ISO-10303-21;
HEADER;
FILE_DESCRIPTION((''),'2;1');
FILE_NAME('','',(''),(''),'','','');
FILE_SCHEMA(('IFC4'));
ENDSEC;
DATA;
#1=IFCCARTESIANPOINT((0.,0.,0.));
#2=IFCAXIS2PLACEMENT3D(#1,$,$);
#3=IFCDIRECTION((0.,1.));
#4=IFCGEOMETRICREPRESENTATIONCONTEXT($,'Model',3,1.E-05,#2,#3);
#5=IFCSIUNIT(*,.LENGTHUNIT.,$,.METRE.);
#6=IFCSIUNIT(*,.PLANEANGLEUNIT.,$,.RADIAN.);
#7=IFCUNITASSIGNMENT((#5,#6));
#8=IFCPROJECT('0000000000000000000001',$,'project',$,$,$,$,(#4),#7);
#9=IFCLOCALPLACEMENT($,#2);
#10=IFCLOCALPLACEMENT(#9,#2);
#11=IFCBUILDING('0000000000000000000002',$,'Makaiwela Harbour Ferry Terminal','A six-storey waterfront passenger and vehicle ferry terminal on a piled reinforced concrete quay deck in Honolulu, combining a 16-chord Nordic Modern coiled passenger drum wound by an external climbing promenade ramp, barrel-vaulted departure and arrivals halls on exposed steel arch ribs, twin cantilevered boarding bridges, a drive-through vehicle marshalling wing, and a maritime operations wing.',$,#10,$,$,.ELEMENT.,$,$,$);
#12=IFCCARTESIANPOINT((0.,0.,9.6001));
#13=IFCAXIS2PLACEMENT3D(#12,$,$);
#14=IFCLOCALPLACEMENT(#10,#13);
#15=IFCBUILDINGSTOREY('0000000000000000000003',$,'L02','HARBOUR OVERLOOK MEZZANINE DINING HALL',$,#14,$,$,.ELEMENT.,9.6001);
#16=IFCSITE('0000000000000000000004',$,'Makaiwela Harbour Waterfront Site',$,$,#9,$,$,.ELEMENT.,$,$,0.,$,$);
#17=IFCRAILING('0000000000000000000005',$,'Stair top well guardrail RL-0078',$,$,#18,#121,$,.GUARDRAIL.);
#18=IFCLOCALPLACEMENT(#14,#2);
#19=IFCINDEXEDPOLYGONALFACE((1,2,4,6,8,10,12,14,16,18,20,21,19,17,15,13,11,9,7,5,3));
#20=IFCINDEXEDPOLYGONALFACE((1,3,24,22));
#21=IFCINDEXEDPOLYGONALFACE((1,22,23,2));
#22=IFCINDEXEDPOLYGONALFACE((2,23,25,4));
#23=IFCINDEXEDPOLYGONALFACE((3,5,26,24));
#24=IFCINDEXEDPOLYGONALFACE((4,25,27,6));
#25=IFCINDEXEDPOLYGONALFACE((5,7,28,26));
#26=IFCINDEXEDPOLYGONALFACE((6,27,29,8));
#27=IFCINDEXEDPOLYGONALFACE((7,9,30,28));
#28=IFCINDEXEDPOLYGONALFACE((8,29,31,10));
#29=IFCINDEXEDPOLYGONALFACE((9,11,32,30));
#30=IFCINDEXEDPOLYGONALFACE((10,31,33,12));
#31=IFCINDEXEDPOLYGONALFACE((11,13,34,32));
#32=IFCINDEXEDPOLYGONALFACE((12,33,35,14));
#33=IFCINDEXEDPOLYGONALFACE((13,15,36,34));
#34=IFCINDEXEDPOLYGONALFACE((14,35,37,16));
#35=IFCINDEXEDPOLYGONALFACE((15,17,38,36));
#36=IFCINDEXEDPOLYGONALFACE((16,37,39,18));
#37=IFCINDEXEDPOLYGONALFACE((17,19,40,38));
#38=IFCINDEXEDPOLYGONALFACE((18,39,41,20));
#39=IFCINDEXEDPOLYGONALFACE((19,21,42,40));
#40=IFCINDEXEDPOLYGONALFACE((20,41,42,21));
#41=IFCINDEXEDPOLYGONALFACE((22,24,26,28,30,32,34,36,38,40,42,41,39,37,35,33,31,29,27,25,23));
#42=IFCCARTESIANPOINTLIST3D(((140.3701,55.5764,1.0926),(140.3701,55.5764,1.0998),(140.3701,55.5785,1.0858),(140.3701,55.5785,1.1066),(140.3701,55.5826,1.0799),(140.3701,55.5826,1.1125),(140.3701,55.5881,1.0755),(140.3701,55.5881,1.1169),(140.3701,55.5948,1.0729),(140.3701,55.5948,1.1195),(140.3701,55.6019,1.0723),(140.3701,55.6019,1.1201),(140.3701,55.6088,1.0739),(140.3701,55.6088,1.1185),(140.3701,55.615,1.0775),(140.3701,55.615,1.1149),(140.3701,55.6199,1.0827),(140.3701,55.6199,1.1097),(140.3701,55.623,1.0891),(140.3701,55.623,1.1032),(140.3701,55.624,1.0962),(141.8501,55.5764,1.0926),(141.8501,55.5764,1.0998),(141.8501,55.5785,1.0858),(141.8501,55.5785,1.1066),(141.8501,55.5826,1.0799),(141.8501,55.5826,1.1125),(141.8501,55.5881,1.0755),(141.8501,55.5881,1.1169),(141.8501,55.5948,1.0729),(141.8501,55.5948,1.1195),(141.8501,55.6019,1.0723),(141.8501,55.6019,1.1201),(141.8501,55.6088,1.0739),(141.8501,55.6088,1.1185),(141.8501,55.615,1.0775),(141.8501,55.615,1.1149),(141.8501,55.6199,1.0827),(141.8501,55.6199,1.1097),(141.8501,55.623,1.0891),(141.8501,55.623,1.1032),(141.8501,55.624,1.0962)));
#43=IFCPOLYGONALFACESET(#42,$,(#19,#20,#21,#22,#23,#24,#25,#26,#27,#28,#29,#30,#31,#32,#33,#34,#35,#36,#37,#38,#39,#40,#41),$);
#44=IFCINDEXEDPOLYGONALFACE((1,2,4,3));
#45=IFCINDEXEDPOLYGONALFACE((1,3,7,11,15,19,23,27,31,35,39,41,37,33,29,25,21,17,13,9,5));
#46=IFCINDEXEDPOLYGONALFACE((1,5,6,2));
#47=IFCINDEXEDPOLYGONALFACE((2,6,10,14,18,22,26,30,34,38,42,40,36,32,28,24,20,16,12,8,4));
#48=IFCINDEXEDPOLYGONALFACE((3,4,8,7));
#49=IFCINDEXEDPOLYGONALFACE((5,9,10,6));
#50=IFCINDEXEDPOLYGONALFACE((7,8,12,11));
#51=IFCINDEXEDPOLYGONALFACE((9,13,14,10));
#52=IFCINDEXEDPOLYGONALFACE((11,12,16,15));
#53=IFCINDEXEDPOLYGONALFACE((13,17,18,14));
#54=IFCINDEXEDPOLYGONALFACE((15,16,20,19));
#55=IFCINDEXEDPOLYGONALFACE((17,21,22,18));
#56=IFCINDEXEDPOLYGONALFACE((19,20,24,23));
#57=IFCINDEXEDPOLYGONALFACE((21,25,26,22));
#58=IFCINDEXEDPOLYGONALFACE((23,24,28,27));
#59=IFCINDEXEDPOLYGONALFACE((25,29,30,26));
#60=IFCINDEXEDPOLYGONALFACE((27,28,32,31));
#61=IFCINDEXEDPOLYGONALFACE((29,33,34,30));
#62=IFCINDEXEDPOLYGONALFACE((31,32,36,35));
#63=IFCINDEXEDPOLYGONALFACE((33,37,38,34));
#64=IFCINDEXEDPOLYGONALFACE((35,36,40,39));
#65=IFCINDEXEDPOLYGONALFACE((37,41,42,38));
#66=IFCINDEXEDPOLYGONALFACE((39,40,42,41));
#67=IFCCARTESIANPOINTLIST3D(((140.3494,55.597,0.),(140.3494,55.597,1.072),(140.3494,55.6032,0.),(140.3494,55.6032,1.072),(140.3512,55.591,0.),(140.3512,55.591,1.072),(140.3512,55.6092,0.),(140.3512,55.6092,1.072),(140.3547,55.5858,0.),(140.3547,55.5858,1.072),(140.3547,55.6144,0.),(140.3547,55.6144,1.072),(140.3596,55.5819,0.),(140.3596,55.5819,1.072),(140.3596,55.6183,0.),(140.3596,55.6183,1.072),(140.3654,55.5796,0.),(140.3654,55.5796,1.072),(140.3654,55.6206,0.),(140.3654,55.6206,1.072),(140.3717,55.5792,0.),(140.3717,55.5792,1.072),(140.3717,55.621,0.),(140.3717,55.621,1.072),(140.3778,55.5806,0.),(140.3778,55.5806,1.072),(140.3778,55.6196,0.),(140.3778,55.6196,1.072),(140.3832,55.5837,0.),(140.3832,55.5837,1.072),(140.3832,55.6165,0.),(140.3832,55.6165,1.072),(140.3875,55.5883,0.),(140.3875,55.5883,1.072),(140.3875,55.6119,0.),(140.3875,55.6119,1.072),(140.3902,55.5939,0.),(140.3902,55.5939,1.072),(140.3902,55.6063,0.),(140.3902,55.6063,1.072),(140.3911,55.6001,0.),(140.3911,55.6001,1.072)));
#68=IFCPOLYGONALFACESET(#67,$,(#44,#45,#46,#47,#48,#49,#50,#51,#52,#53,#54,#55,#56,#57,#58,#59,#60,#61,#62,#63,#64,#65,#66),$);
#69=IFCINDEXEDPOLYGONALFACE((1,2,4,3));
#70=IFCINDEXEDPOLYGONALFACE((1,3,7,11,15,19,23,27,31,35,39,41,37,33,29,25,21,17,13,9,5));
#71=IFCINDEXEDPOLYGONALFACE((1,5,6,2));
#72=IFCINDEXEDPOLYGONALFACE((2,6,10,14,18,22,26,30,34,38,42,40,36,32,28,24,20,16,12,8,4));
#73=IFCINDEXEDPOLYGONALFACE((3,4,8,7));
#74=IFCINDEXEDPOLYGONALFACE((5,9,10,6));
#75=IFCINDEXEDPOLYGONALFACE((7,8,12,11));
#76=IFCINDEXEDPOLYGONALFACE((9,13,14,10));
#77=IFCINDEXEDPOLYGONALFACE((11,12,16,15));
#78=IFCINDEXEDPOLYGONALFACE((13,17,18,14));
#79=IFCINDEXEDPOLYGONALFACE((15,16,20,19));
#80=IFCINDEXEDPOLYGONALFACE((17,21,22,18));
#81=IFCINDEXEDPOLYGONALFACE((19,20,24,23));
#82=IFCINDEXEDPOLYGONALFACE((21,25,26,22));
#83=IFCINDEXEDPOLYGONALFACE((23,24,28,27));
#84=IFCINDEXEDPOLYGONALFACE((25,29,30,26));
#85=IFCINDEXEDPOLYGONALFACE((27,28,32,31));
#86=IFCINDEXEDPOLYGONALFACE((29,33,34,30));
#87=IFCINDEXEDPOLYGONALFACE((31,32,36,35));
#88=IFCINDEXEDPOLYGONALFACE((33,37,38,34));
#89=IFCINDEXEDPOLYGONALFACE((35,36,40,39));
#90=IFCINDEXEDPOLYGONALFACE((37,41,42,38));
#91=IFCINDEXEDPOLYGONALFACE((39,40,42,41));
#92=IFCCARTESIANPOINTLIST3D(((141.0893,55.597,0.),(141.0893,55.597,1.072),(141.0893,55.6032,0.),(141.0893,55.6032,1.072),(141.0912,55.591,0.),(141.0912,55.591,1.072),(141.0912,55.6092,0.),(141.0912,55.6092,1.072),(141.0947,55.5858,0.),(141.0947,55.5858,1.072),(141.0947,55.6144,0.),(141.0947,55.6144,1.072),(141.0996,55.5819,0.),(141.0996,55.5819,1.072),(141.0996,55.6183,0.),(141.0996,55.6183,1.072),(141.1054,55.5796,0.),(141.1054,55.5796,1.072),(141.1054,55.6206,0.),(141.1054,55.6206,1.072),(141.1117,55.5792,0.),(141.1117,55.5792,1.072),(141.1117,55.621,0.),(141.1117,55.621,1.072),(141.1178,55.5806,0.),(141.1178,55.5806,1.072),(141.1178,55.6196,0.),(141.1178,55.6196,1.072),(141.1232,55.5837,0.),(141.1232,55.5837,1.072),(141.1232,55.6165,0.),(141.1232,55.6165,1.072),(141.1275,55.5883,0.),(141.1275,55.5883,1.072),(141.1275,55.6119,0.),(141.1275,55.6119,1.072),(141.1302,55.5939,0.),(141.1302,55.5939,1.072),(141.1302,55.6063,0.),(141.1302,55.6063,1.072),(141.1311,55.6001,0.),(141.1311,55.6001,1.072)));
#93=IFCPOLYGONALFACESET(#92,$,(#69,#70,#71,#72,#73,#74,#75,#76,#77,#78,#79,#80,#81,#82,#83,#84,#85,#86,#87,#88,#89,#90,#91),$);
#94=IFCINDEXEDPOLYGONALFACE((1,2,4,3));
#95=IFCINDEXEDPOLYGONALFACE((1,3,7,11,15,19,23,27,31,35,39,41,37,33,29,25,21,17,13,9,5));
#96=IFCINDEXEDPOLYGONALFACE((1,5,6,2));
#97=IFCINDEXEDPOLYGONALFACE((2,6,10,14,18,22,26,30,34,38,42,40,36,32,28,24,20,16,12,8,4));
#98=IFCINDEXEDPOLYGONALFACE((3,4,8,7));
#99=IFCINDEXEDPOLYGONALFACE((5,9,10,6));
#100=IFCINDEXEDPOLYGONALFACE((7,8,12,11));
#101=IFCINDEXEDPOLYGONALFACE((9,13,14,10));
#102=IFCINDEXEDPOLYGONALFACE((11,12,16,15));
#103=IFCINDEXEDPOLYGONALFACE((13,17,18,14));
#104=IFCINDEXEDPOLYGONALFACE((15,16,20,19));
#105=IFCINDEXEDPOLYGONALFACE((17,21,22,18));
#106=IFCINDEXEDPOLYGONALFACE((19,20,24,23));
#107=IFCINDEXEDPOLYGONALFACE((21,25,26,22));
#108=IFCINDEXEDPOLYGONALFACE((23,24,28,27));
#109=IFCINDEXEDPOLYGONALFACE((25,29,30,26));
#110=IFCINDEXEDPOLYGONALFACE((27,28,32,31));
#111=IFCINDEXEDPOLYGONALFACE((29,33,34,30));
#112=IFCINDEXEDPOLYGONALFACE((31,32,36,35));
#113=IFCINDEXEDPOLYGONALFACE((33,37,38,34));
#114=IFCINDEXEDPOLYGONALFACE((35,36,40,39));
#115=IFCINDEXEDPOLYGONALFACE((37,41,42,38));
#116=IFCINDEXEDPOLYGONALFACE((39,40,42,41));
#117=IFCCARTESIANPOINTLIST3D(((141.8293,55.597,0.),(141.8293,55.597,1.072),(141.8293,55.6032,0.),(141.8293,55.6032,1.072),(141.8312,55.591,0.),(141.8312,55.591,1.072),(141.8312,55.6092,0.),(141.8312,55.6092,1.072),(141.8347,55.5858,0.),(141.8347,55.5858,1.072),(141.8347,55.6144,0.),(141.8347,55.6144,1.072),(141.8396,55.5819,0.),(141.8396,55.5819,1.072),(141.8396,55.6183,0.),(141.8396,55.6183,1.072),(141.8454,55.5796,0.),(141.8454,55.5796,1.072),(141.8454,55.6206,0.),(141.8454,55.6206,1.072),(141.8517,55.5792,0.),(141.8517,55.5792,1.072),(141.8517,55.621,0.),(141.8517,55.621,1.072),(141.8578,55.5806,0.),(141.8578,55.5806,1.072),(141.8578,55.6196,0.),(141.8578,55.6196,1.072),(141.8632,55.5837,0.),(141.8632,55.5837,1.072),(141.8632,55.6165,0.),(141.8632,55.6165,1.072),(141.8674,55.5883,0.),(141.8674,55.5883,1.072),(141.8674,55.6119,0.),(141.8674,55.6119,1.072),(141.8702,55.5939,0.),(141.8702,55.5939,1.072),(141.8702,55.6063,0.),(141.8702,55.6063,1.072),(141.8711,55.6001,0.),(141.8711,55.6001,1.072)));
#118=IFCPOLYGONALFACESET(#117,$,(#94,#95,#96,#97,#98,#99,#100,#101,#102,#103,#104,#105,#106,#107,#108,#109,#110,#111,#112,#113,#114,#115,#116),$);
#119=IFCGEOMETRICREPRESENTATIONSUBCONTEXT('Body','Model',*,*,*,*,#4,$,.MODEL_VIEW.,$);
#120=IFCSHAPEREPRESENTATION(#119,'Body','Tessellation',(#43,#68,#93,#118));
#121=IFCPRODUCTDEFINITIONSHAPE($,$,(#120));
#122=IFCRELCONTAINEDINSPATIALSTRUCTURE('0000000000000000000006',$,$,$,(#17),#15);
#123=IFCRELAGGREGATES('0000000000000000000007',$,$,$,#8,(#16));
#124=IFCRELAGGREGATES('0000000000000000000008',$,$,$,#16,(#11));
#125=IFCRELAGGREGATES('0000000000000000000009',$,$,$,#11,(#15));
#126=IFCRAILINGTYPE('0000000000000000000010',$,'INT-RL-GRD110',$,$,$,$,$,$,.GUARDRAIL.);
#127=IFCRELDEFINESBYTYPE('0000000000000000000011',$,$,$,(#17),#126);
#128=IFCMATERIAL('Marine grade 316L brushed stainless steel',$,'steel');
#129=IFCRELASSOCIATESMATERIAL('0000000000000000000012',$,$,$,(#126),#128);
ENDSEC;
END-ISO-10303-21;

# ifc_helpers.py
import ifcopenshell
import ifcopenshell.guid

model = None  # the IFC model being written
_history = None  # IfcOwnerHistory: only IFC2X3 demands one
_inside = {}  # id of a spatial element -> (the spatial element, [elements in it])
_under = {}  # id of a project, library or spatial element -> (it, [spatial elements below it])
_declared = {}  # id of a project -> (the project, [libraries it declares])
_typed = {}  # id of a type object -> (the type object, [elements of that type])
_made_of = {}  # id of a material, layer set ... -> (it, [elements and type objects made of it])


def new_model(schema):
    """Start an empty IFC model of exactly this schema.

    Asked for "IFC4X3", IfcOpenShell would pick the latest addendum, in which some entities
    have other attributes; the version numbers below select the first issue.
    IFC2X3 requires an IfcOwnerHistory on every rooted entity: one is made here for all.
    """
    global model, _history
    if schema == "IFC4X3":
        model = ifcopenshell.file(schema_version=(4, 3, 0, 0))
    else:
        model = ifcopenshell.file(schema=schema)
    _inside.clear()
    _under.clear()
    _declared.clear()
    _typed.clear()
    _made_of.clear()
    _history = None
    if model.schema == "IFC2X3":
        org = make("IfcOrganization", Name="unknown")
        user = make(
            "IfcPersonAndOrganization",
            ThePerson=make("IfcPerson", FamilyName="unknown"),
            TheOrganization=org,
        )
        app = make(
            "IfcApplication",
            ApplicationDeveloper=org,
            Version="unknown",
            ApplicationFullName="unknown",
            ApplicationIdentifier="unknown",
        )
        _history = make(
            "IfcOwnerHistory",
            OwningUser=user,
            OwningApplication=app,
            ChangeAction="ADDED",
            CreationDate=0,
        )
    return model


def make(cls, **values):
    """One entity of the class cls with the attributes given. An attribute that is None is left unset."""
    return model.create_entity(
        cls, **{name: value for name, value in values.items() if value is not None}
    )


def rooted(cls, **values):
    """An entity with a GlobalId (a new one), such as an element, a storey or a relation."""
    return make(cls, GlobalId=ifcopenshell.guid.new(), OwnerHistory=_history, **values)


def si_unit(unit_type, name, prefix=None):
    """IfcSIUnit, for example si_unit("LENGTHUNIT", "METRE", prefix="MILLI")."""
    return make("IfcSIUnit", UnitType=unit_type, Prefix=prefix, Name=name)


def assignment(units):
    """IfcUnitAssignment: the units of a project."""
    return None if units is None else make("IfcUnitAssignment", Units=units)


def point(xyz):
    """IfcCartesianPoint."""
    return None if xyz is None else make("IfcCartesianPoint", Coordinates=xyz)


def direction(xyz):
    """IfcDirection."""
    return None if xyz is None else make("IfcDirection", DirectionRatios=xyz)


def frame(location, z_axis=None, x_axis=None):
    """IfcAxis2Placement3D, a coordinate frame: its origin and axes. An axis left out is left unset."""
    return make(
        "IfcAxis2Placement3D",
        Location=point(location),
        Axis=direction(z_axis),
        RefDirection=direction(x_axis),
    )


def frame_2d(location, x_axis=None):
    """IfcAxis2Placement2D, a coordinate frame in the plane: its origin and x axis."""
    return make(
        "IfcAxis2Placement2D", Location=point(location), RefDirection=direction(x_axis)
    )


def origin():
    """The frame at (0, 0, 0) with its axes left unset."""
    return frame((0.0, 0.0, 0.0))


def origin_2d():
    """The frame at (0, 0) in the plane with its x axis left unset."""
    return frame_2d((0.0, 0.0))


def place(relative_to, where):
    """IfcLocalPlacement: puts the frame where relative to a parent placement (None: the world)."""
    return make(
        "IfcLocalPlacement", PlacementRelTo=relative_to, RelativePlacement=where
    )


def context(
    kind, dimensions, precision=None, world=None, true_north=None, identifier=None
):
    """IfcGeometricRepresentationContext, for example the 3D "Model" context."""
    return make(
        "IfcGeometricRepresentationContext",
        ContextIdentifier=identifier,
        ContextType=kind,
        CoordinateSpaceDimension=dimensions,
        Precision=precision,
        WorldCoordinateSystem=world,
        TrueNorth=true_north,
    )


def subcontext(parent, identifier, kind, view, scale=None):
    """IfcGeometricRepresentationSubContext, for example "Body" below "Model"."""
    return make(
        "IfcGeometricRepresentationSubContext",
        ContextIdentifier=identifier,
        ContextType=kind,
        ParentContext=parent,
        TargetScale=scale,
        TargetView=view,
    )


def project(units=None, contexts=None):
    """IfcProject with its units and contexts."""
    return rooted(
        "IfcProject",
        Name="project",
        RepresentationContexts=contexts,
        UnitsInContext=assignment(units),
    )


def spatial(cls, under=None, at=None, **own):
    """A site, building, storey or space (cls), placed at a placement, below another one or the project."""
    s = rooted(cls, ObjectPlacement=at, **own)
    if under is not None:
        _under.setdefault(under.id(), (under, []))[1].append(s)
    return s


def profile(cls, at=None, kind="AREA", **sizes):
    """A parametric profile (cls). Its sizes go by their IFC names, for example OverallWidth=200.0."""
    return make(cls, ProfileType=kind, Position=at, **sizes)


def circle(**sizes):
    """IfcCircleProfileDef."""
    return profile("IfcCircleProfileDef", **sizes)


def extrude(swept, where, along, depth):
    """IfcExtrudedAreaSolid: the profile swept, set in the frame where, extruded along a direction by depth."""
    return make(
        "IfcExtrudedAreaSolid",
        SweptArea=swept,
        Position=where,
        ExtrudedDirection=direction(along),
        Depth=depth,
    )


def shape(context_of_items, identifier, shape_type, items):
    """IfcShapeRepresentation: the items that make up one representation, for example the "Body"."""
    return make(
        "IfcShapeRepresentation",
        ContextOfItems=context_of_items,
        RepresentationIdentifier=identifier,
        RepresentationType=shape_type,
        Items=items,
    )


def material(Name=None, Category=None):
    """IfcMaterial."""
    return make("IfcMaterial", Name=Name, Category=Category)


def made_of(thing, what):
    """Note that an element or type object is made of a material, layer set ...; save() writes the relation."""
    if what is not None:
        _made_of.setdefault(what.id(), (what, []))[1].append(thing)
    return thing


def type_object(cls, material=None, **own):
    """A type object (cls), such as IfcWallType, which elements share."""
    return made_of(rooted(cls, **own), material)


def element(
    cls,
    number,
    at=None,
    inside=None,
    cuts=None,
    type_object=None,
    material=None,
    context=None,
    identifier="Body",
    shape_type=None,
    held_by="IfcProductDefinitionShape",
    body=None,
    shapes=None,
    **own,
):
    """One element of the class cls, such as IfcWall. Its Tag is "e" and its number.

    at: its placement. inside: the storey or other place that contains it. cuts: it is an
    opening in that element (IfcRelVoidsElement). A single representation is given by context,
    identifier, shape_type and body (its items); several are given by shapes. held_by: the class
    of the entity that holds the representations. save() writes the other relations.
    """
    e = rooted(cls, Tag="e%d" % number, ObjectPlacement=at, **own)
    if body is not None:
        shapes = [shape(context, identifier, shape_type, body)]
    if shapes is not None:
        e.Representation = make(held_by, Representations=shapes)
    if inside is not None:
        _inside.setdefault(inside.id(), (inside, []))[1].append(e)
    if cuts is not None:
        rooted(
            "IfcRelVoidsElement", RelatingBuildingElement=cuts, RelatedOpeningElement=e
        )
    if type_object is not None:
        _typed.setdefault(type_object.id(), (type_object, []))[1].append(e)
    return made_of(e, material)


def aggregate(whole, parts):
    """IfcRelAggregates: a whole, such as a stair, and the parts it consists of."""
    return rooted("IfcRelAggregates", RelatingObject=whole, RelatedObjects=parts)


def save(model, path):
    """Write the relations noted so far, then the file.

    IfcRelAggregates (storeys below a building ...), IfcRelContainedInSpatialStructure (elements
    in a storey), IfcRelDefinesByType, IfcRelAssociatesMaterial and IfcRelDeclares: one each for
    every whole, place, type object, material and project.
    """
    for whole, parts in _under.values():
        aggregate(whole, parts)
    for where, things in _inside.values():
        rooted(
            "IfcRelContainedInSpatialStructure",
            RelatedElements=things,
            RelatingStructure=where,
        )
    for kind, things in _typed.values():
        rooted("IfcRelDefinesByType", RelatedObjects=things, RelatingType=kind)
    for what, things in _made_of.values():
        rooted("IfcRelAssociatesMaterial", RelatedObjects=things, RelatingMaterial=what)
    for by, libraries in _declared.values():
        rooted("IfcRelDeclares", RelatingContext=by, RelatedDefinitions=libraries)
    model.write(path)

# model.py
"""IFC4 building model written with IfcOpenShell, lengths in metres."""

from ifc_helpers import new_model, si_unit, direction, frame, origin, origin_2d, place, context, subcontext, project, spatial, circle, extrude, material, type_object, element, save


model = new_model("IFC4")

# Units and contexts
model_context = context("Model", 3, precision=1e-05, world=origin(), true_north=direction((0.0, 1.0)))
body_context = subcontext(model_context, "Body", "Model", "MODEL_VIEW")
ifc_project = project(units=[si_unit("LENGTHUNIT", "METRE"), si_unit("PLANEANGLEUNIT", "RADIAN")], contexts=[model_context])

# Site, building, storey
site_placement = place(None, origin())
site = spatial("IfcSite", under=ifc_project, at=site_placement, Name="Makaiwela Harbour Waterfront Site", CompositionType="ELEMENT", RefElevation=0.0)
building_placement = place(site_placement, origin())
building = spatial("IfcBuilding", under=site, at=building_placement, Name="Makaiwela Harbour Ferry Terminal", Description="A six-storey waterfront passenger and vehicle ferry terminal on a piled reinforced concrete quay deck in Honolulu, combining a 16-chord Nordic Modern coiled passenger drum wound by an external climbing promenade ramp, barrel-vaulted departure and arrivals halls on exposed steel arch ribs, twin cantilevered boarding bridges, a drive-through vehicle marshalling wing, and a maritime operations wing.", CompositionType="ELEMENT")
storey_placement = place(building_placement, frame((0.0, 0.0, 9.6001)))
storey = spatial("IfcBuildingStorey", under=building, at=storey_placement, Name="L02", Description="HARBOUR OVERLOOK MEZZANINE DINING HALL", CompositionType="ELEMENT", Elevation=9.6001)

# Shared definitions
ifc_material_1 = material(Name="Marine grade 316L brushed stainless steel", Category="steel")

# Railing
railing_type_1 = type_object("IfcRailingType", Name="INT-RL-GRD110", PredefinedType="GUARDRAIL", material=ifc_material_1)
railing_1_placement = place(storey_placement, frame((140.3701, 55.6001, 0.0)))
element("IfcRailing", 1, at=railing_1_placement, inside=storey, type_object=railing_type_1, Name="Stair top well guardrail RL-0078", PredefinedType="GUARDRAIL", context=body_context, shape_type="SweptSolid", body=[
    extrude(circle(Radius=0.0239, at=origin_2d()), frame((0.0, 0.0, 1.0962), z_axis=(1.0, 0.0, 0.0), x_axis=(0.0, 1.0, 0.0)), (0.0, 0.0, 1.0), 1.48),
    extrude(circle(Radius=0.021, at=origin_2d()), origin(), (0.0, 0.0, 1.0), 1.072),
    extrude(circle(Radius=0.021, at=origin_2d()), frame((0.74, 0.0, 0.0)), (0.0, 0.0, 1.0), 1.072),
    extrude(circle(Radius=0.021, at=origin_2d()), frame((1.48, 0.0, 0.0)), (0.0, 0.0, 1.0), 1.072),
])

save(model, "model.ifc")
